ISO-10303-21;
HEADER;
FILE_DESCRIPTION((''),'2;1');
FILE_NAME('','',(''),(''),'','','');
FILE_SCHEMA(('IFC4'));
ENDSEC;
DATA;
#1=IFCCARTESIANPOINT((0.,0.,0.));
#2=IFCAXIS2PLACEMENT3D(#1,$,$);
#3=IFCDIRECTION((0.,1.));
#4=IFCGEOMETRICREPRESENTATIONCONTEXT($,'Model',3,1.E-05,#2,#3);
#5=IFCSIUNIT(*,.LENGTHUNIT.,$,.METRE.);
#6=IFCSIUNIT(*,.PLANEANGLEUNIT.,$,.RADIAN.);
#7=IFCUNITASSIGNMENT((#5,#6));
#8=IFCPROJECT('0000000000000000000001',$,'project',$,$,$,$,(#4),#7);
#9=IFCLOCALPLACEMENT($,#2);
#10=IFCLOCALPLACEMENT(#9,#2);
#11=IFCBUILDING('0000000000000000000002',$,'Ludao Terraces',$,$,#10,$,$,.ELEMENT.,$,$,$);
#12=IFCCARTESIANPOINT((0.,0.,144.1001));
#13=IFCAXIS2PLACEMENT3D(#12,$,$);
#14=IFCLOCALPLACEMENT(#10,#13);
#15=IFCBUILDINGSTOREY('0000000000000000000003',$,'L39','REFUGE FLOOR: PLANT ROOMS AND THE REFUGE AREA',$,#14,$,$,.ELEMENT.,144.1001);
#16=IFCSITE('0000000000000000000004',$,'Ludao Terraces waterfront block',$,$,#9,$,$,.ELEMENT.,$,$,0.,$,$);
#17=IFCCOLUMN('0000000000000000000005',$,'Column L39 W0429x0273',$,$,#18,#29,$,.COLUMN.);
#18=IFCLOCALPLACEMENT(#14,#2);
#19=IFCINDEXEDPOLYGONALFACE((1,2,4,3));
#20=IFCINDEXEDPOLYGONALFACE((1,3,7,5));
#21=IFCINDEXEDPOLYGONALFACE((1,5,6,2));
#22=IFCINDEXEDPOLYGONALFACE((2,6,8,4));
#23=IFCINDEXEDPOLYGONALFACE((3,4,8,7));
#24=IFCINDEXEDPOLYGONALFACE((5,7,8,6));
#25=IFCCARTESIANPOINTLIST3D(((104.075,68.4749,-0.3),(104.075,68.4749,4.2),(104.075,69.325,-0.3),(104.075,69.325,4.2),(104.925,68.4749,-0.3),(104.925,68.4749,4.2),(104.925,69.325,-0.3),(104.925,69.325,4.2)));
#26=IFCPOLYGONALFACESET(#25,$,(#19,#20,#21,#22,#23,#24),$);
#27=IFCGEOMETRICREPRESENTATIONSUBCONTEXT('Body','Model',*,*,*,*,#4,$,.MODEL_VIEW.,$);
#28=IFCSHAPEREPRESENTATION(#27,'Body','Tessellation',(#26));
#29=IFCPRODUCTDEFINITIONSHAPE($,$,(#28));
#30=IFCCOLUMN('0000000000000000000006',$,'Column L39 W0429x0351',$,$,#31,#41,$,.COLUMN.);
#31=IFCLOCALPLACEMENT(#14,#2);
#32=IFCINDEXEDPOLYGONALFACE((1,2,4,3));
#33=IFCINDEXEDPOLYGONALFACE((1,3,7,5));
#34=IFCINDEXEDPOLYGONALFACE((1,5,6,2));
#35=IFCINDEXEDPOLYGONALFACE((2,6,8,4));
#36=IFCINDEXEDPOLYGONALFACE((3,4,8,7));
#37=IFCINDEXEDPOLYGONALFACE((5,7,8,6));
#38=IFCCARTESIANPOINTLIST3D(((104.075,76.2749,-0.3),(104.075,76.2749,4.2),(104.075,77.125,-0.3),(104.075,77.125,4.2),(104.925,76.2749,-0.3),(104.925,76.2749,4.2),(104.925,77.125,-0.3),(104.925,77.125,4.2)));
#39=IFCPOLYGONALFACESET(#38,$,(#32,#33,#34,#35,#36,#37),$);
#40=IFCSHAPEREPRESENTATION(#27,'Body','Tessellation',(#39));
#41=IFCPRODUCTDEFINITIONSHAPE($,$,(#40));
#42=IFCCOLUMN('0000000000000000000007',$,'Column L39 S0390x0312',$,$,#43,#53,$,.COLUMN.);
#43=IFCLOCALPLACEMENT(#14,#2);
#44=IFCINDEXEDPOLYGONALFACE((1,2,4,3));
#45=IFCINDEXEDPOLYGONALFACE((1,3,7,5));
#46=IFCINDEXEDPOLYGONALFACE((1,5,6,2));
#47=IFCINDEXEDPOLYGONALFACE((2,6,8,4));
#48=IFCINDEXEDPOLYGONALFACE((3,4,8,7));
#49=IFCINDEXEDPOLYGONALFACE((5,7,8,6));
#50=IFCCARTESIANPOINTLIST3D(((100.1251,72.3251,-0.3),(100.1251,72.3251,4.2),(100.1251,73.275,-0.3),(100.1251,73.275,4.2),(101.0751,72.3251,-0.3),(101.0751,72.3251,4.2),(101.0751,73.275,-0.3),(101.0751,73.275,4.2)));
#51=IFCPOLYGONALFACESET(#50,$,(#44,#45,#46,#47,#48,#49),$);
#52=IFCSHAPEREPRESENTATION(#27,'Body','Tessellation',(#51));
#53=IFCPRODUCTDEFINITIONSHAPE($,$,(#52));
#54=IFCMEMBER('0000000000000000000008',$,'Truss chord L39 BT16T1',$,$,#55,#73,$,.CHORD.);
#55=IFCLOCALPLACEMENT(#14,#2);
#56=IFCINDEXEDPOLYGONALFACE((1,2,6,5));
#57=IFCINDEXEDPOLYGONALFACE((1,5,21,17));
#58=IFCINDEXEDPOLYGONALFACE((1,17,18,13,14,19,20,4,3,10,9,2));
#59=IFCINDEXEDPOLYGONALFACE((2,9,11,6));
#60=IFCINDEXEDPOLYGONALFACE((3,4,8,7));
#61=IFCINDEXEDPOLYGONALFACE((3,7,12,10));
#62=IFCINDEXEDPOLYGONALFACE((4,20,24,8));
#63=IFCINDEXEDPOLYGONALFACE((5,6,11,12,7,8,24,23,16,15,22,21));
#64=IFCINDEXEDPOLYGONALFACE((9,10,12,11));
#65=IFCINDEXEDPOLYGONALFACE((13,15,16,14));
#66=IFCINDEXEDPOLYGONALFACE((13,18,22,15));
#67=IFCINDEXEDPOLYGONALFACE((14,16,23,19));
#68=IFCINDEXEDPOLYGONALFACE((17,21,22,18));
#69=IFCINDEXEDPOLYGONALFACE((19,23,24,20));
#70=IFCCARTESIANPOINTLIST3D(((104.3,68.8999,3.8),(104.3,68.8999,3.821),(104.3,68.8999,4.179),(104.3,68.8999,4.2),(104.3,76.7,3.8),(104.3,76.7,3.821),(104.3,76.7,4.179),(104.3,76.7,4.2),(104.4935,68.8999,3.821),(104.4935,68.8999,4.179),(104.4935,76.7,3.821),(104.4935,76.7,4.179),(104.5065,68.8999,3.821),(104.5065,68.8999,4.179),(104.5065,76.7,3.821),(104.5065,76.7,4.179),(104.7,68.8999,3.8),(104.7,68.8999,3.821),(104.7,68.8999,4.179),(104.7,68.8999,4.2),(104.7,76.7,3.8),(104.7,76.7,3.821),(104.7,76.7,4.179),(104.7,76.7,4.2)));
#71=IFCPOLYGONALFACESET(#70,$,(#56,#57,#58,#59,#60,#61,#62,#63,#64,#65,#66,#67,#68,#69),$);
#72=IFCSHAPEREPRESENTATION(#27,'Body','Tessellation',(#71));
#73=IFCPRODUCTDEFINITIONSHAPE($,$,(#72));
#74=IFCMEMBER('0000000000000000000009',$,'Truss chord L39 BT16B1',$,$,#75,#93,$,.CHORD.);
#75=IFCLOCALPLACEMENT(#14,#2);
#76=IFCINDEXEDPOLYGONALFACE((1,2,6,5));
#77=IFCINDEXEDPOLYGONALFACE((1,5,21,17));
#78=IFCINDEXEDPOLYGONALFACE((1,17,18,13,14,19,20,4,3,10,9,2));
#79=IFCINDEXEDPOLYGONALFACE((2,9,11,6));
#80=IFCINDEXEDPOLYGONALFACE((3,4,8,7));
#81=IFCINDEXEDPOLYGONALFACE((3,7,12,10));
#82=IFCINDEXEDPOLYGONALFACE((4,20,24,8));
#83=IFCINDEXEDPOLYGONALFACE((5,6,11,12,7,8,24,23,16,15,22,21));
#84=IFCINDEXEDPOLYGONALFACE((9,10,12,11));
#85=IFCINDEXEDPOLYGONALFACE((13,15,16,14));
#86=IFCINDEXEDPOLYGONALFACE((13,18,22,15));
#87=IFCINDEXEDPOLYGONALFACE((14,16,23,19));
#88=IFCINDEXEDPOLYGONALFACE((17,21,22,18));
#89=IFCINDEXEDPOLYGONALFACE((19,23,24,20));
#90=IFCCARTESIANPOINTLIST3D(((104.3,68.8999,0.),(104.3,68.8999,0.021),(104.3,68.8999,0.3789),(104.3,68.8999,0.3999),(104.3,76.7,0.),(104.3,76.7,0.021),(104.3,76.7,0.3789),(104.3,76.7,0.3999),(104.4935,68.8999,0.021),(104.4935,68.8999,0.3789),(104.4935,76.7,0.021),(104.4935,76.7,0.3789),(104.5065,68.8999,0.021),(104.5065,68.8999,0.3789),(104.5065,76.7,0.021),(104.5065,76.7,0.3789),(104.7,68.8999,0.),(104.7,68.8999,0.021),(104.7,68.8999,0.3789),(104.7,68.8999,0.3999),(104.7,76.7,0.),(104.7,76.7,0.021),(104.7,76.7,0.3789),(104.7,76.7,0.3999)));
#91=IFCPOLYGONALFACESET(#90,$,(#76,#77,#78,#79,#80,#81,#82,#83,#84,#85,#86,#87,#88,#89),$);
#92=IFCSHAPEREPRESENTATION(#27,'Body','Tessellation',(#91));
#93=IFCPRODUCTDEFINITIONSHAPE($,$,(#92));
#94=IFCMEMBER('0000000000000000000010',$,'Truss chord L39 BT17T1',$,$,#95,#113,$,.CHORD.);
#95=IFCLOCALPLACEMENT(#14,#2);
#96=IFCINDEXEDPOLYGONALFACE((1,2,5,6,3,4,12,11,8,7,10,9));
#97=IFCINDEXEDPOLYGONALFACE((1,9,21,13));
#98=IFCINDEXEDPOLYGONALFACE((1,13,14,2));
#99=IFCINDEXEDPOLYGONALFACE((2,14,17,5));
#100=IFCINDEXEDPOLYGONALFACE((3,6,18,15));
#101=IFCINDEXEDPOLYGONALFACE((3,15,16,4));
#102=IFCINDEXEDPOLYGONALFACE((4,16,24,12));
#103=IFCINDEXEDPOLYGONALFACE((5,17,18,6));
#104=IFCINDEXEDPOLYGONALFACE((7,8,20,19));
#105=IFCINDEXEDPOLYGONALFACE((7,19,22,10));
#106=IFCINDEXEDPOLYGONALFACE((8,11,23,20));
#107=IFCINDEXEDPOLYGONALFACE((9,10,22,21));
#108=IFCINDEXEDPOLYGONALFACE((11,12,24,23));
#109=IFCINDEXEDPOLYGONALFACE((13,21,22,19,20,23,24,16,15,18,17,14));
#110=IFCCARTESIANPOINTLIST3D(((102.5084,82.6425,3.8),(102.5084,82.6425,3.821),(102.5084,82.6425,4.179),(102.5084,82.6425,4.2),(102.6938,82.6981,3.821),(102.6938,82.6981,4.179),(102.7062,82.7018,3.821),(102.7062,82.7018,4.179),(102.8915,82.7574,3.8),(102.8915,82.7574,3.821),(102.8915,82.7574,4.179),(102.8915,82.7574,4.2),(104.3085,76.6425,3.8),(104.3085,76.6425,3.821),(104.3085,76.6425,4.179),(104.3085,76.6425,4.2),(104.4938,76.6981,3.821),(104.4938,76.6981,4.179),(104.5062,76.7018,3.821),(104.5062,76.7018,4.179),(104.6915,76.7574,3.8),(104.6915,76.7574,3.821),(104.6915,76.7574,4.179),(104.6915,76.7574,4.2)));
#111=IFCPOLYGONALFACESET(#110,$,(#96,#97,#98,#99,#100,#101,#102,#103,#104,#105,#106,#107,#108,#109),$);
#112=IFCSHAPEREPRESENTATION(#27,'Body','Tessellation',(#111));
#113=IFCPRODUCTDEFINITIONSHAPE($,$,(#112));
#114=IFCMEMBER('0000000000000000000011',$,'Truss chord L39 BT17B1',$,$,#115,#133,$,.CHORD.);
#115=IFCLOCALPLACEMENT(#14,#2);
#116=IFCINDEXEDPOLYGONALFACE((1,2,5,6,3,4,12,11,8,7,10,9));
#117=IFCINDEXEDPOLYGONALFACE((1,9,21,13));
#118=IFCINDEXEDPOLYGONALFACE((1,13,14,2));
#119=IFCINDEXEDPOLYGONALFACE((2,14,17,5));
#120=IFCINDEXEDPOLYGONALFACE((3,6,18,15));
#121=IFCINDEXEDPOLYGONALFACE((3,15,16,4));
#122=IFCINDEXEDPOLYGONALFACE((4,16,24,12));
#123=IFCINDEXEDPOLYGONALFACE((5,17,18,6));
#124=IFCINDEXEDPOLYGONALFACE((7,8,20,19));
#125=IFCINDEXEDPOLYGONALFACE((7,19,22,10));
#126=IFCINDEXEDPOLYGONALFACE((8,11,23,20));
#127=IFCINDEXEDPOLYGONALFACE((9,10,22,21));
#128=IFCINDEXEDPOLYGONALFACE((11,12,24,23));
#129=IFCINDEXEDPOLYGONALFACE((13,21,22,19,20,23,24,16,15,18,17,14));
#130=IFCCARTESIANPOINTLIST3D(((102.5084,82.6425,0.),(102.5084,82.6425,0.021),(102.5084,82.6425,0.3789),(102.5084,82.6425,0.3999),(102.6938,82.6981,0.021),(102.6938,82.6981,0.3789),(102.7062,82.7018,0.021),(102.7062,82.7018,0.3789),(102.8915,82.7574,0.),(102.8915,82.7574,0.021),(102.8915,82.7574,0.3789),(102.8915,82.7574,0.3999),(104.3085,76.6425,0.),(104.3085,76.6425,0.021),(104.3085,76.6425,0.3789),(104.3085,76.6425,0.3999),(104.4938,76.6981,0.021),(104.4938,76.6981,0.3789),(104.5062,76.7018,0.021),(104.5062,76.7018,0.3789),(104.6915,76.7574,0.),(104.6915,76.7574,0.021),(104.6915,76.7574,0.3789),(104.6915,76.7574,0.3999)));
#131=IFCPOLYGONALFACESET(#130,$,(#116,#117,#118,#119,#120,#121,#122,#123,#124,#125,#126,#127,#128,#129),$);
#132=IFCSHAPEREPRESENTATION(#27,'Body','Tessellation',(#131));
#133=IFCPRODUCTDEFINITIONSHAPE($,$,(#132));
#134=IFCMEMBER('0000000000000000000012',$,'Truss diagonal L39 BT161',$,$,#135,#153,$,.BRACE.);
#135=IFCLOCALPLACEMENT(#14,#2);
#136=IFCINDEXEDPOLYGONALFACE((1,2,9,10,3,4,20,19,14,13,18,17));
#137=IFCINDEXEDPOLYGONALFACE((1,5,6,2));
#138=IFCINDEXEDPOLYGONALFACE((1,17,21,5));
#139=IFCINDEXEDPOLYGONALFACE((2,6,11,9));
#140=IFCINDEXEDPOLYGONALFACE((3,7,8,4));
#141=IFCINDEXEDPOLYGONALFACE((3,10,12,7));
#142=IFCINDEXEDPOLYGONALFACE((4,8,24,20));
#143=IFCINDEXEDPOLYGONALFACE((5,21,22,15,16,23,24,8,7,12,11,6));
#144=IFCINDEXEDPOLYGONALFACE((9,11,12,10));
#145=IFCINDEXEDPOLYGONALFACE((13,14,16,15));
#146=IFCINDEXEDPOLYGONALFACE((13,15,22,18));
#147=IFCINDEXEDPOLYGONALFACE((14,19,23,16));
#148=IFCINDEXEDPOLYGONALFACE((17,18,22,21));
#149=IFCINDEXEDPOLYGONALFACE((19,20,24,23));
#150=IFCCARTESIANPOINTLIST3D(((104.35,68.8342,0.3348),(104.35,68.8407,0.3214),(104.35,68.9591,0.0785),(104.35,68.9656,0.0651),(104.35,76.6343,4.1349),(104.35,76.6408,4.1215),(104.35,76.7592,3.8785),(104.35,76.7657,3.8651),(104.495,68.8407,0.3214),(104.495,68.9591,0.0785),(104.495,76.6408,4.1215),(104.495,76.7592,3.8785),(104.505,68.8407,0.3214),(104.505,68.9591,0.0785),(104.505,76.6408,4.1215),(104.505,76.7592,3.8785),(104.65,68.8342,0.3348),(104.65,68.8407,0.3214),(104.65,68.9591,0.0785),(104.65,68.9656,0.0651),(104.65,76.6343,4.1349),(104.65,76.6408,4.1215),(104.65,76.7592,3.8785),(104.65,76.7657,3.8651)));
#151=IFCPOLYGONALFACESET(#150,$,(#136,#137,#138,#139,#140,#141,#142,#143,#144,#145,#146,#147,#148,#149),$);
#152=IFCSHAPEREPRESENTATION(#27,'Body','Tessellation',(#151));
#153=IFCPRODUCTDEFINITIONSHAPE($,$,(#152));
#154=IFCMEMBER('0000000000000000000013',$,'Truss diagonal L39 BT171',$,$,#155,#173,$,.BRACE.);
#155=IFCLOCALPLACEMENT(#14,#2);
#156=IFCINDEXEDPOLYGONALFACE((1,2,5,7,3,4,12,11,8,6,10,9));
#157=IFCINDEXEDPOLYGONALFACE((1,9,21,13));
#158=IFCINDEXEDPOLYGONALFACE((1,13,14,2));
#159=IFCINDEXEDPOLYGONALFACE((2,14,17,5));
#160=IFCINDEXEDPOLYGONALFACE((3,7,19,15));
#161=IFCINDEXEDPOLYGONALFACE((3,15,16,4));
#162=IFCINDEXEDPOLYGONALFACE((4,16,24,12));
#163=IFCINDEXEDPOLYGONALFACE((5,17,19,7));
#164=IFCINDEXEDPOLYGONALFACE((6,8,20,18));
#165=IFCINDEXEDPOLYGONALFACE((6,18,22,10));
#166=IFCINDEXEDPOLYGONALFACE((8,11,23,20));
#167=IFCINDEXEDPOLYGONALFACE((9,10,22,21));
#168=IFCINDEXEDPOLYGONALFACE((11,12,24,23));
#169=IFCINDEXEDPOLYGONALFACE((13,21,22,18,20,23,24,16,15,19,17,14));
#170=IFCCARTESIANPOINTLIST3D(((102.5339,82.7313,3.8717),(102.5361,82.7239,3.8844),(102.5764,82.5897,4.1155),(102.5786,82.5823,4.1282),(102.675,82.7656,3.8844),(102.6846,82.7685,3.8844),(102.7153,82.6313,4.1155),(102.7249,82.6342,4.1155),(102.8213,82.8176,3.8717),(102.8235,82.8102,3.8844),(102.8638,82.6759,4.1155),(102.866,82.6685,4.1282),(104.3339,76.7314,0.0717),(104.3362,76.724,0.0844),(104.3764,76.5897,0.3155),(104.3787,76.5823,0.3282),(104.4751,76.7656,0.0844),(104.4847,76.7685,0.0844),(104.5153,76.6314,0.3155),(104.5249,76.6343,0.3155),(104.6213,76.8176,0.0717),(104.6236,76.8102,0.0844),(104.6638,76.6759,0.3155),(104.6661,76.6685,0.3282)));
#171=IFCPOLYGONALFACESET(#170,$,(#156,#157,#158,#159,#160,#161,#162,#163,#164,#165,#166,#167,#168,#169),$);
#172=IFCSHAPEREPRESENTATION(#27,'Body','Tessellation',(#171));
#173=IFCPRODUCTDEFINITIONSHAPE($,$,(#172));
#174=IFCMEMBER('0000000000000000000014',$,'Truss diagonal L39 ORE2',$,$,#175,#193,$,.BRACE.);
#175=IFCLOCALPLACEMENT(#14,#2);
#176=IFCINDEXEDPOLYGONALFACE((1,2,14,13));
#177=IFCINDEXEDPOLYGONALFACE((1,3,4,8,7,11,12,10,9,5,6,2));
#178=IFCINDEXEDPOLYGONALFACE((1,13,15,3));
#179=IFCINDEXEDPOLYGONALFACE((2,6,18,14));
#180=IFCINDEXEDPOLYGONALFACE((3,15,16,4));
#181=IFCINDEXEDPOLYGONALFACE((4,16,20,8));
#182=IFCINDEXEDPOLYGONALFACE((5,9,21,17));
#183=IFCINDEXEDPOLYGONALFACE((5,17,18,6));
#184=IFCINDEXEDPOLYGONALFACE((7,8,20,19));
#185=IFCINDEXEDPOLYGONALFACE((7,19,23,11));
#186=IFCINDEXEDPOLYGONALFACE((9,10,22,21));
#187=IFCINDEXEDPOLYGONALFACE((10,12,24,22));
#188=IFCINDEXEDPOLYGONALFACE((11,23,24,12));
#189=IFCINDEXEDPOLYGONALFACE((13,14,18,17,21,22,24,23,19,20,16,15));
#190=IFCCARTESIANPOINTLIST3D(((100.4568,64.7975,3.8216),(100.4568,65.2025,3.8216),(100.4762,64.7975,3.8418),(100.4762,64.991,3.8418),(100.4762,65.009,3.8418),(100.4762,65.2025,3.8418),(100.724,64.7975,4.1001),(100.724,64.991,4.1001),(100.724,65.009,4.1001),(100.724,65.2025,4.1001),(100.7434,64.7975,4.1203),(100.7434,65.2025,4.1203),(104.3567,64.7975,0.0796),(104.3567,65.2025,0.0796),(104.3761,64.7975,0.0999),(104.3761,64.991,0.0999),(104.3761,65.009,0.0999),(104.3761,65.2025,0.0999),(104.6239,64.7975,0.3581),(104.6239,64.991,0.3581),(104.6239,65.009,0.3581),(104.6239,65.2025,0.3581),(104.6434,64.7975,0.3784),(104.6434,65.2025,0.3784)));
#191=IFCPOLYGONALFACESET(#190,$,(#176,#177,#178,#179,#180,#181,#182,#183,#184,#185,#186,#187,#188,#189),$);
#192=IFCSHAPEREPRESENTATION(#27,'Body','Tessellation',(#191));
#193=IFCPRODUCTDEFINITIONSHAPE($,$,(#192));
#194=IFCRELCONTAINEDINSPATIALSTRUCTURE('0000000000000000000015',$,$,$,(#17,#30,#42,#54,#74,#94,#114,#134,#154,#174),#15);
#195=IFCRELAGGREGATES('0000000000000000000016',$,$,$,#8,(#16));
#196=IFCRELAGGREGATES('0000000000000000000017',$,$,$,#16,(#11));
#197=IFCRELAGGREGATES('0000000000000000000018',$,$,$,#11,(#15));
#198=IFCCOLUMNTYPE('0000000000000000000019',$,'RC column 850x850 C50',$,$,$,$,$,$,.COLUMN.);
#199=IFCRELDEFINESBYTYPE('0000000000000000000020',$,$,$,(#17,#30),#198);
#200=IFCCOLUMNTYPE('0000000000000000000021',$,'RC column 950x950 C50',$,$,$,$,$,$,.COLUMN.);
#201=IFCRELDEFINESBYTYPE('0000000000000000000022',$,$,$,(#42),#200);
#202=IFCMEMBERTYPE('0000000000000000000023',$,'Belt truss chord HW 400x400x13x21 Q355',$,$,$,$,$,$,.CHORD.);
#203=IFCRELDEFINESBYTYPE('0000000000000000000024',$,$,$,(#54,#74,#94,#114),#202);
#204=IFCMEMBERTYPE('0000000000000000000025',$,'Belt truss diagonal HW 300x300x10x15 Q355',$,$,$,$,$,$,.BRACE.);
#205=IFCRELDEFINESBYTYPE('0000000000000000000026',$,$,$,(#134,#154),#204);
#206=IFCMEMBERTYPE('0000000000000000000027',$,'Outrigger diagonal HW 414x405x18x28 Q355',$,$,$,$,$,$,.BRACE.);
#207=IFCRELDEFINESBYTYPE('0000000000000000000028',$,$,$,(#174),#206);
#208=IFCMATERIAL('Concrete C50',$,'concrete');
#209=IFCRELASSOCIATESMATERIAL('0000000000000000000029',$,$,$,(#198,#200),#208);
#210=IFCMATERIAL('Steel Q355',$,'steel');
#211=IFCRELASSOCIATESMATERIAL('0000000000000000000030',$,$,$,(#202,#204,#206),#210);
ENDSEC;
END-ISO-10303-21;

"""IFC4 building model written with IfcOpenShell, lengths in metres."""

from ifc_helpers import new_model, si_unit, direction, frame, origin, origin_2d, place, context, subcontext, project, spatial, rectangle, i_section, extrude, material, material_profile, profile_set, type_object, element, save


model = new_model("IFC4")

# Units and contexts
model_context = context("Model", 3, precision=1e-05, world=origin(), true_north=direction((0.0, 1.0)))
body_context = subcontext(model_context, "Body", "Model", "MODEL_VIEW")
ifc_project = project(units=[si_unit("LENGTHUNIT", "METRE"), si_unit("PLANEANGLEUNIT", "RADIAN")], contexts=[model_context])

# Site, building, storey
site_placement = place(None, origin())
site = spatial("IfcSite", under=ifc_project, at=site_placement, Name="Ludao Terraces waterfront block", CompositionType="ELEMENT", RefElevation=0.0)
building_placement = place(site_placement, origin())
building = spatial("IfcBuilding", under=site, at=building_placement, Name="Ludao Terraces", CompositionType="ELEMENT")
storey_placement = place(building_placement, frame((0.0, 0.0, 144.1001)))
storey = spatial("IfcBuildingStorey", under=building, at=storey_placement, Name="L39", Description="REFUGE FLOOR: PLANT ROOMS AND THE REFUGE AREA", CompositionType="ELEMENT", Elevation=144.1001)

# Columns
ifc_material_1 = material(Name="Concrete C50", Category="concrete")
ifc_material_profile_1 = material_profile(ifc_material_1, rectangle(XDim=0.8501, YDim=0.8501, at=origin_2d()), Name="850 X 850")
ifc_profile_set_1 = profile_set([ifc_material_profile_1], Name="Concrete C50")
column_type_1 = type_object("IfcColumnType", Name="RC column 850x850 C50", PredefinedType="COLUMN", material=ifc_profile_set_1)
for number, where, z_axis, x_axis, name in (
    (1, (104.5, 68.8999, -0.3), (0.0, 0.0, 1.0), (1.0, 0.0, 0.0), "Column L39 W0429x0273"),
    (2, (104.5, 76.7, -0.3), (0.0, 0.0, 1.0), (1.0, 0.0, 0.0), "Column L39 W0429x0351"),
):
    element("IfcColumn", number, at=place(storey_placement, frame(where, z_axis=z_axis, x_axis=x_axis)), inside=storey, type_object=column_type_1, Name=name, PredefinedType="COLUMN", context=body_context, shape_type="SweptSolid", body=[
        extrude(rectangle(XDim=0.8501, YDim=0.8501, at=origin_2d()), origin(), (0.0, 0.0, 1.0), 4.5),
    ])
ifc_material_profile_2 = material_profile(ifc_material_1, rectangle(XDim=0.95, YDim=0.95, at=origin_2d()), Name="950 X 950")
ifc_profile_set_2 = profile_set([ifc_material_profile_2], Name="Concrete C50")
column_type_2 = type_object("IfcColumnType", Name="RC column 950x950 C50", PredefinedType="COLUMN", material=ifc_profile_set_2)
column_placement = place(storey_placement, frame((100.6001, 72.8, -0.3), z_axis=(0.0, 0.0, 1.0), x_axis=(1.0, 0.0, 0.0)))
element("IfcColumn", 3, at=column_placement, inside=storey, type_object=column_type_2, Name="Column L39 S0390x0312", PredefinedType="COLUMN", context=body_context, shape_type="SweptSolid", body=[
    extrude(rectangle(XDim=0.95, YDim=0.95, at=origin_2d()), origin(), (0.0, 0.0, 1.0), 4.5),
])

# Members
ifc_material_2 = material(Name="Steel Q355", Category="steel")
ifc_material_profile_3 = material_profile(ifc_material_2, i_section(OverallWidth=0.3999, OverallDepth=0.3999, WebThickness=0.0129, FlangeThickness=0.021, at=origin_2d()), Name="HW 400X400X13X21")
ifc_profile_set_3 = profile_set([ifc_material_profile_3], Name="Steel Q355")
member_type_1 = type_object("IfcMemberType", Name="Belt truss chord HW 400x400x13x21 Q355", PredefinedType="CHORD", material=ifc_profile_set_3)
for number, where, z_axis, x_axis, name in (
    (4, (104.5, 68.8999, 4.0), (0.0, 1.0, 0.0), (-1.0, 0.0, 0.0), "Truss chord L39 BT16T1"),
    (5, (104.5, 68.8999, 0.2), (0.0, 1.0, 0.0), (-1.0, 0.0, 0.0), "Truss chord L39 BT16B1"),
):
    element("IfcMember", number, at=place(storey_placement, frame(where, z_axis=z_axis, x_axis=x_axis)), inside=storey, type_object=member_type_1, Name=name, PredefinedType="CHORD", context=body_context, shape_type="SweptSolid", body=[
        extrude(i_section(OverallWidth=0.3999, OverallDepth=0.3999, WebThickness=0.0129, FlangeThickness=0.021, at=origin_2d()), origin(), (0.0, 0.0, 1.0), 7.8),
    ])
for number, where, z_axis, x_axis, name in (
    (6, (104.5, 76.7, 4.0), (-0.287355, 0.957824, 0.0), (-0.957824, -0.287355, 0.0), "Truss chord L39 BT17T1"),
    (7, (104.5, 76.7, 0.2), (-0.287355, 0.957824, 0.0), (-0.957824, -0.287355, 0.0), "Truss chord L39 BT17B1"),
):
    element("IfcMember", number, at=place(storey_placement, frame(where, z_axis=z_axis, x_axis=x_axis)), inside=storey, type_object=member_type_1, Name=name, PredefinedType="CHORD", context=body_context, shape_type="SweptSolid", body=[
        extrude(i_section(OverallWidth=0.3999, OverallDepth=0.3999, WebThickness=0.0129, FlangeThickness=0.021, at=origin_2d()), origin(), (0.0, 0.0, 1.0), 6.2642),
    ])
ifc_material_profile_4 = material_profile(ifc_material_2, i_section(OverallWidth=0.3, OverallDepth=0.3, WebThickness=0.01, FlangeThickness=0.0149, at=origin_2d()), Name="HW 300X300X10X15")
ifc_profile_set_4 = profile_set([ifc_material_profile_4], Name="Steel Q355")
member_type_2 = type_object("IfcMemberType", Name="Belt truss diagonal HW 300x300x10x15 Q355", PredefinedType="BRACE", material=ifc_profile_set_4)
member_1_placement = place(storey_placement, frame((104.5, 68.8999, 0.2), z_axis=(0.0, 0.898989, 0.437972), x_axis=(-1.0, 0.0, 0.0)))
element("IfcMember", 8, at=member_1_placement, inside=storey, type_object=member_type_2, Name="Truss diagonal L39 BT161", PredefinedType="BRACE", context=body_context, shape_type="SweptSolid", body=[
    extrude(i_section(OverallWidth=0.3, OverallDepth=0.3, WebThickness=0.01, FlangeThickness=0.0149, at=origin_2d()), origin(), (0.0, 0.0, 1.0), 8.6765),
])
member_2_placement = place(storey_placement, frame((104.5, 76.7, 0.2), z_axis=(-0.245683, 0.818922, 0.518658), x_axis=(-0.957824, -0.287355, 0.0)))
element("IfcMember", 9, at=member_2_placement, inside=storey, type_object=member_type_2, Name="Truss diagonal L39 BT171", PredefinedType="BRACE", context=body_context, shape_type="SweptSolid", body=[
    extrude(i_section(OverallWidth=0.3, OverallDepth=0.3, WebThickness=0.01, FlangeThickness=0.0149, at=origin_2d()), origin(), (0.0, 0.0, 1.0), 7.3267),
])
ifc_material_profile_5 = material_profile(ifc_material_2, i_section(OverallWidth=0.405, OverallDepth=0.4141, WebThickness=0.0181, FlangeThickness=0.0281, at=origin_2d()), Name="HW 414X405X18X28")
ifc_profile_set_5 = profile_set([ifc_material_profile_5], Name="Steel Q355")
member_type_3 = type_object("IfcMemberType", Name="Outrigger diagonal HW 414x405x18x28 Q355", PredefinedType="BRACE", material=ifc_profile_set_5)
member_3_placement = place(storey_placement, frame((100.6001, 65.0, 3.9709), z_axis=(0.721569, 0.0, -0.692343), x_axis=(0.0, 1.0, 0.0)))
element("IfcMember", 10, at=member_3_placement, inside=storey, type_object=member_type_3, Name="Truss diagonal L39 ORE2", PredefinedType="BRACE", context=body_context, shape_type="SweptSolid", body=[
    extrude(i_section(OverallWidth=0.405, OverallDepth=0.4141, WebThickness=0.0181, FlangeThickness=0.0281, at=origin_2d()), origin(), (0.0, 0.0, 1.0), 5.4048),
])

save(model, "model.ifc")
